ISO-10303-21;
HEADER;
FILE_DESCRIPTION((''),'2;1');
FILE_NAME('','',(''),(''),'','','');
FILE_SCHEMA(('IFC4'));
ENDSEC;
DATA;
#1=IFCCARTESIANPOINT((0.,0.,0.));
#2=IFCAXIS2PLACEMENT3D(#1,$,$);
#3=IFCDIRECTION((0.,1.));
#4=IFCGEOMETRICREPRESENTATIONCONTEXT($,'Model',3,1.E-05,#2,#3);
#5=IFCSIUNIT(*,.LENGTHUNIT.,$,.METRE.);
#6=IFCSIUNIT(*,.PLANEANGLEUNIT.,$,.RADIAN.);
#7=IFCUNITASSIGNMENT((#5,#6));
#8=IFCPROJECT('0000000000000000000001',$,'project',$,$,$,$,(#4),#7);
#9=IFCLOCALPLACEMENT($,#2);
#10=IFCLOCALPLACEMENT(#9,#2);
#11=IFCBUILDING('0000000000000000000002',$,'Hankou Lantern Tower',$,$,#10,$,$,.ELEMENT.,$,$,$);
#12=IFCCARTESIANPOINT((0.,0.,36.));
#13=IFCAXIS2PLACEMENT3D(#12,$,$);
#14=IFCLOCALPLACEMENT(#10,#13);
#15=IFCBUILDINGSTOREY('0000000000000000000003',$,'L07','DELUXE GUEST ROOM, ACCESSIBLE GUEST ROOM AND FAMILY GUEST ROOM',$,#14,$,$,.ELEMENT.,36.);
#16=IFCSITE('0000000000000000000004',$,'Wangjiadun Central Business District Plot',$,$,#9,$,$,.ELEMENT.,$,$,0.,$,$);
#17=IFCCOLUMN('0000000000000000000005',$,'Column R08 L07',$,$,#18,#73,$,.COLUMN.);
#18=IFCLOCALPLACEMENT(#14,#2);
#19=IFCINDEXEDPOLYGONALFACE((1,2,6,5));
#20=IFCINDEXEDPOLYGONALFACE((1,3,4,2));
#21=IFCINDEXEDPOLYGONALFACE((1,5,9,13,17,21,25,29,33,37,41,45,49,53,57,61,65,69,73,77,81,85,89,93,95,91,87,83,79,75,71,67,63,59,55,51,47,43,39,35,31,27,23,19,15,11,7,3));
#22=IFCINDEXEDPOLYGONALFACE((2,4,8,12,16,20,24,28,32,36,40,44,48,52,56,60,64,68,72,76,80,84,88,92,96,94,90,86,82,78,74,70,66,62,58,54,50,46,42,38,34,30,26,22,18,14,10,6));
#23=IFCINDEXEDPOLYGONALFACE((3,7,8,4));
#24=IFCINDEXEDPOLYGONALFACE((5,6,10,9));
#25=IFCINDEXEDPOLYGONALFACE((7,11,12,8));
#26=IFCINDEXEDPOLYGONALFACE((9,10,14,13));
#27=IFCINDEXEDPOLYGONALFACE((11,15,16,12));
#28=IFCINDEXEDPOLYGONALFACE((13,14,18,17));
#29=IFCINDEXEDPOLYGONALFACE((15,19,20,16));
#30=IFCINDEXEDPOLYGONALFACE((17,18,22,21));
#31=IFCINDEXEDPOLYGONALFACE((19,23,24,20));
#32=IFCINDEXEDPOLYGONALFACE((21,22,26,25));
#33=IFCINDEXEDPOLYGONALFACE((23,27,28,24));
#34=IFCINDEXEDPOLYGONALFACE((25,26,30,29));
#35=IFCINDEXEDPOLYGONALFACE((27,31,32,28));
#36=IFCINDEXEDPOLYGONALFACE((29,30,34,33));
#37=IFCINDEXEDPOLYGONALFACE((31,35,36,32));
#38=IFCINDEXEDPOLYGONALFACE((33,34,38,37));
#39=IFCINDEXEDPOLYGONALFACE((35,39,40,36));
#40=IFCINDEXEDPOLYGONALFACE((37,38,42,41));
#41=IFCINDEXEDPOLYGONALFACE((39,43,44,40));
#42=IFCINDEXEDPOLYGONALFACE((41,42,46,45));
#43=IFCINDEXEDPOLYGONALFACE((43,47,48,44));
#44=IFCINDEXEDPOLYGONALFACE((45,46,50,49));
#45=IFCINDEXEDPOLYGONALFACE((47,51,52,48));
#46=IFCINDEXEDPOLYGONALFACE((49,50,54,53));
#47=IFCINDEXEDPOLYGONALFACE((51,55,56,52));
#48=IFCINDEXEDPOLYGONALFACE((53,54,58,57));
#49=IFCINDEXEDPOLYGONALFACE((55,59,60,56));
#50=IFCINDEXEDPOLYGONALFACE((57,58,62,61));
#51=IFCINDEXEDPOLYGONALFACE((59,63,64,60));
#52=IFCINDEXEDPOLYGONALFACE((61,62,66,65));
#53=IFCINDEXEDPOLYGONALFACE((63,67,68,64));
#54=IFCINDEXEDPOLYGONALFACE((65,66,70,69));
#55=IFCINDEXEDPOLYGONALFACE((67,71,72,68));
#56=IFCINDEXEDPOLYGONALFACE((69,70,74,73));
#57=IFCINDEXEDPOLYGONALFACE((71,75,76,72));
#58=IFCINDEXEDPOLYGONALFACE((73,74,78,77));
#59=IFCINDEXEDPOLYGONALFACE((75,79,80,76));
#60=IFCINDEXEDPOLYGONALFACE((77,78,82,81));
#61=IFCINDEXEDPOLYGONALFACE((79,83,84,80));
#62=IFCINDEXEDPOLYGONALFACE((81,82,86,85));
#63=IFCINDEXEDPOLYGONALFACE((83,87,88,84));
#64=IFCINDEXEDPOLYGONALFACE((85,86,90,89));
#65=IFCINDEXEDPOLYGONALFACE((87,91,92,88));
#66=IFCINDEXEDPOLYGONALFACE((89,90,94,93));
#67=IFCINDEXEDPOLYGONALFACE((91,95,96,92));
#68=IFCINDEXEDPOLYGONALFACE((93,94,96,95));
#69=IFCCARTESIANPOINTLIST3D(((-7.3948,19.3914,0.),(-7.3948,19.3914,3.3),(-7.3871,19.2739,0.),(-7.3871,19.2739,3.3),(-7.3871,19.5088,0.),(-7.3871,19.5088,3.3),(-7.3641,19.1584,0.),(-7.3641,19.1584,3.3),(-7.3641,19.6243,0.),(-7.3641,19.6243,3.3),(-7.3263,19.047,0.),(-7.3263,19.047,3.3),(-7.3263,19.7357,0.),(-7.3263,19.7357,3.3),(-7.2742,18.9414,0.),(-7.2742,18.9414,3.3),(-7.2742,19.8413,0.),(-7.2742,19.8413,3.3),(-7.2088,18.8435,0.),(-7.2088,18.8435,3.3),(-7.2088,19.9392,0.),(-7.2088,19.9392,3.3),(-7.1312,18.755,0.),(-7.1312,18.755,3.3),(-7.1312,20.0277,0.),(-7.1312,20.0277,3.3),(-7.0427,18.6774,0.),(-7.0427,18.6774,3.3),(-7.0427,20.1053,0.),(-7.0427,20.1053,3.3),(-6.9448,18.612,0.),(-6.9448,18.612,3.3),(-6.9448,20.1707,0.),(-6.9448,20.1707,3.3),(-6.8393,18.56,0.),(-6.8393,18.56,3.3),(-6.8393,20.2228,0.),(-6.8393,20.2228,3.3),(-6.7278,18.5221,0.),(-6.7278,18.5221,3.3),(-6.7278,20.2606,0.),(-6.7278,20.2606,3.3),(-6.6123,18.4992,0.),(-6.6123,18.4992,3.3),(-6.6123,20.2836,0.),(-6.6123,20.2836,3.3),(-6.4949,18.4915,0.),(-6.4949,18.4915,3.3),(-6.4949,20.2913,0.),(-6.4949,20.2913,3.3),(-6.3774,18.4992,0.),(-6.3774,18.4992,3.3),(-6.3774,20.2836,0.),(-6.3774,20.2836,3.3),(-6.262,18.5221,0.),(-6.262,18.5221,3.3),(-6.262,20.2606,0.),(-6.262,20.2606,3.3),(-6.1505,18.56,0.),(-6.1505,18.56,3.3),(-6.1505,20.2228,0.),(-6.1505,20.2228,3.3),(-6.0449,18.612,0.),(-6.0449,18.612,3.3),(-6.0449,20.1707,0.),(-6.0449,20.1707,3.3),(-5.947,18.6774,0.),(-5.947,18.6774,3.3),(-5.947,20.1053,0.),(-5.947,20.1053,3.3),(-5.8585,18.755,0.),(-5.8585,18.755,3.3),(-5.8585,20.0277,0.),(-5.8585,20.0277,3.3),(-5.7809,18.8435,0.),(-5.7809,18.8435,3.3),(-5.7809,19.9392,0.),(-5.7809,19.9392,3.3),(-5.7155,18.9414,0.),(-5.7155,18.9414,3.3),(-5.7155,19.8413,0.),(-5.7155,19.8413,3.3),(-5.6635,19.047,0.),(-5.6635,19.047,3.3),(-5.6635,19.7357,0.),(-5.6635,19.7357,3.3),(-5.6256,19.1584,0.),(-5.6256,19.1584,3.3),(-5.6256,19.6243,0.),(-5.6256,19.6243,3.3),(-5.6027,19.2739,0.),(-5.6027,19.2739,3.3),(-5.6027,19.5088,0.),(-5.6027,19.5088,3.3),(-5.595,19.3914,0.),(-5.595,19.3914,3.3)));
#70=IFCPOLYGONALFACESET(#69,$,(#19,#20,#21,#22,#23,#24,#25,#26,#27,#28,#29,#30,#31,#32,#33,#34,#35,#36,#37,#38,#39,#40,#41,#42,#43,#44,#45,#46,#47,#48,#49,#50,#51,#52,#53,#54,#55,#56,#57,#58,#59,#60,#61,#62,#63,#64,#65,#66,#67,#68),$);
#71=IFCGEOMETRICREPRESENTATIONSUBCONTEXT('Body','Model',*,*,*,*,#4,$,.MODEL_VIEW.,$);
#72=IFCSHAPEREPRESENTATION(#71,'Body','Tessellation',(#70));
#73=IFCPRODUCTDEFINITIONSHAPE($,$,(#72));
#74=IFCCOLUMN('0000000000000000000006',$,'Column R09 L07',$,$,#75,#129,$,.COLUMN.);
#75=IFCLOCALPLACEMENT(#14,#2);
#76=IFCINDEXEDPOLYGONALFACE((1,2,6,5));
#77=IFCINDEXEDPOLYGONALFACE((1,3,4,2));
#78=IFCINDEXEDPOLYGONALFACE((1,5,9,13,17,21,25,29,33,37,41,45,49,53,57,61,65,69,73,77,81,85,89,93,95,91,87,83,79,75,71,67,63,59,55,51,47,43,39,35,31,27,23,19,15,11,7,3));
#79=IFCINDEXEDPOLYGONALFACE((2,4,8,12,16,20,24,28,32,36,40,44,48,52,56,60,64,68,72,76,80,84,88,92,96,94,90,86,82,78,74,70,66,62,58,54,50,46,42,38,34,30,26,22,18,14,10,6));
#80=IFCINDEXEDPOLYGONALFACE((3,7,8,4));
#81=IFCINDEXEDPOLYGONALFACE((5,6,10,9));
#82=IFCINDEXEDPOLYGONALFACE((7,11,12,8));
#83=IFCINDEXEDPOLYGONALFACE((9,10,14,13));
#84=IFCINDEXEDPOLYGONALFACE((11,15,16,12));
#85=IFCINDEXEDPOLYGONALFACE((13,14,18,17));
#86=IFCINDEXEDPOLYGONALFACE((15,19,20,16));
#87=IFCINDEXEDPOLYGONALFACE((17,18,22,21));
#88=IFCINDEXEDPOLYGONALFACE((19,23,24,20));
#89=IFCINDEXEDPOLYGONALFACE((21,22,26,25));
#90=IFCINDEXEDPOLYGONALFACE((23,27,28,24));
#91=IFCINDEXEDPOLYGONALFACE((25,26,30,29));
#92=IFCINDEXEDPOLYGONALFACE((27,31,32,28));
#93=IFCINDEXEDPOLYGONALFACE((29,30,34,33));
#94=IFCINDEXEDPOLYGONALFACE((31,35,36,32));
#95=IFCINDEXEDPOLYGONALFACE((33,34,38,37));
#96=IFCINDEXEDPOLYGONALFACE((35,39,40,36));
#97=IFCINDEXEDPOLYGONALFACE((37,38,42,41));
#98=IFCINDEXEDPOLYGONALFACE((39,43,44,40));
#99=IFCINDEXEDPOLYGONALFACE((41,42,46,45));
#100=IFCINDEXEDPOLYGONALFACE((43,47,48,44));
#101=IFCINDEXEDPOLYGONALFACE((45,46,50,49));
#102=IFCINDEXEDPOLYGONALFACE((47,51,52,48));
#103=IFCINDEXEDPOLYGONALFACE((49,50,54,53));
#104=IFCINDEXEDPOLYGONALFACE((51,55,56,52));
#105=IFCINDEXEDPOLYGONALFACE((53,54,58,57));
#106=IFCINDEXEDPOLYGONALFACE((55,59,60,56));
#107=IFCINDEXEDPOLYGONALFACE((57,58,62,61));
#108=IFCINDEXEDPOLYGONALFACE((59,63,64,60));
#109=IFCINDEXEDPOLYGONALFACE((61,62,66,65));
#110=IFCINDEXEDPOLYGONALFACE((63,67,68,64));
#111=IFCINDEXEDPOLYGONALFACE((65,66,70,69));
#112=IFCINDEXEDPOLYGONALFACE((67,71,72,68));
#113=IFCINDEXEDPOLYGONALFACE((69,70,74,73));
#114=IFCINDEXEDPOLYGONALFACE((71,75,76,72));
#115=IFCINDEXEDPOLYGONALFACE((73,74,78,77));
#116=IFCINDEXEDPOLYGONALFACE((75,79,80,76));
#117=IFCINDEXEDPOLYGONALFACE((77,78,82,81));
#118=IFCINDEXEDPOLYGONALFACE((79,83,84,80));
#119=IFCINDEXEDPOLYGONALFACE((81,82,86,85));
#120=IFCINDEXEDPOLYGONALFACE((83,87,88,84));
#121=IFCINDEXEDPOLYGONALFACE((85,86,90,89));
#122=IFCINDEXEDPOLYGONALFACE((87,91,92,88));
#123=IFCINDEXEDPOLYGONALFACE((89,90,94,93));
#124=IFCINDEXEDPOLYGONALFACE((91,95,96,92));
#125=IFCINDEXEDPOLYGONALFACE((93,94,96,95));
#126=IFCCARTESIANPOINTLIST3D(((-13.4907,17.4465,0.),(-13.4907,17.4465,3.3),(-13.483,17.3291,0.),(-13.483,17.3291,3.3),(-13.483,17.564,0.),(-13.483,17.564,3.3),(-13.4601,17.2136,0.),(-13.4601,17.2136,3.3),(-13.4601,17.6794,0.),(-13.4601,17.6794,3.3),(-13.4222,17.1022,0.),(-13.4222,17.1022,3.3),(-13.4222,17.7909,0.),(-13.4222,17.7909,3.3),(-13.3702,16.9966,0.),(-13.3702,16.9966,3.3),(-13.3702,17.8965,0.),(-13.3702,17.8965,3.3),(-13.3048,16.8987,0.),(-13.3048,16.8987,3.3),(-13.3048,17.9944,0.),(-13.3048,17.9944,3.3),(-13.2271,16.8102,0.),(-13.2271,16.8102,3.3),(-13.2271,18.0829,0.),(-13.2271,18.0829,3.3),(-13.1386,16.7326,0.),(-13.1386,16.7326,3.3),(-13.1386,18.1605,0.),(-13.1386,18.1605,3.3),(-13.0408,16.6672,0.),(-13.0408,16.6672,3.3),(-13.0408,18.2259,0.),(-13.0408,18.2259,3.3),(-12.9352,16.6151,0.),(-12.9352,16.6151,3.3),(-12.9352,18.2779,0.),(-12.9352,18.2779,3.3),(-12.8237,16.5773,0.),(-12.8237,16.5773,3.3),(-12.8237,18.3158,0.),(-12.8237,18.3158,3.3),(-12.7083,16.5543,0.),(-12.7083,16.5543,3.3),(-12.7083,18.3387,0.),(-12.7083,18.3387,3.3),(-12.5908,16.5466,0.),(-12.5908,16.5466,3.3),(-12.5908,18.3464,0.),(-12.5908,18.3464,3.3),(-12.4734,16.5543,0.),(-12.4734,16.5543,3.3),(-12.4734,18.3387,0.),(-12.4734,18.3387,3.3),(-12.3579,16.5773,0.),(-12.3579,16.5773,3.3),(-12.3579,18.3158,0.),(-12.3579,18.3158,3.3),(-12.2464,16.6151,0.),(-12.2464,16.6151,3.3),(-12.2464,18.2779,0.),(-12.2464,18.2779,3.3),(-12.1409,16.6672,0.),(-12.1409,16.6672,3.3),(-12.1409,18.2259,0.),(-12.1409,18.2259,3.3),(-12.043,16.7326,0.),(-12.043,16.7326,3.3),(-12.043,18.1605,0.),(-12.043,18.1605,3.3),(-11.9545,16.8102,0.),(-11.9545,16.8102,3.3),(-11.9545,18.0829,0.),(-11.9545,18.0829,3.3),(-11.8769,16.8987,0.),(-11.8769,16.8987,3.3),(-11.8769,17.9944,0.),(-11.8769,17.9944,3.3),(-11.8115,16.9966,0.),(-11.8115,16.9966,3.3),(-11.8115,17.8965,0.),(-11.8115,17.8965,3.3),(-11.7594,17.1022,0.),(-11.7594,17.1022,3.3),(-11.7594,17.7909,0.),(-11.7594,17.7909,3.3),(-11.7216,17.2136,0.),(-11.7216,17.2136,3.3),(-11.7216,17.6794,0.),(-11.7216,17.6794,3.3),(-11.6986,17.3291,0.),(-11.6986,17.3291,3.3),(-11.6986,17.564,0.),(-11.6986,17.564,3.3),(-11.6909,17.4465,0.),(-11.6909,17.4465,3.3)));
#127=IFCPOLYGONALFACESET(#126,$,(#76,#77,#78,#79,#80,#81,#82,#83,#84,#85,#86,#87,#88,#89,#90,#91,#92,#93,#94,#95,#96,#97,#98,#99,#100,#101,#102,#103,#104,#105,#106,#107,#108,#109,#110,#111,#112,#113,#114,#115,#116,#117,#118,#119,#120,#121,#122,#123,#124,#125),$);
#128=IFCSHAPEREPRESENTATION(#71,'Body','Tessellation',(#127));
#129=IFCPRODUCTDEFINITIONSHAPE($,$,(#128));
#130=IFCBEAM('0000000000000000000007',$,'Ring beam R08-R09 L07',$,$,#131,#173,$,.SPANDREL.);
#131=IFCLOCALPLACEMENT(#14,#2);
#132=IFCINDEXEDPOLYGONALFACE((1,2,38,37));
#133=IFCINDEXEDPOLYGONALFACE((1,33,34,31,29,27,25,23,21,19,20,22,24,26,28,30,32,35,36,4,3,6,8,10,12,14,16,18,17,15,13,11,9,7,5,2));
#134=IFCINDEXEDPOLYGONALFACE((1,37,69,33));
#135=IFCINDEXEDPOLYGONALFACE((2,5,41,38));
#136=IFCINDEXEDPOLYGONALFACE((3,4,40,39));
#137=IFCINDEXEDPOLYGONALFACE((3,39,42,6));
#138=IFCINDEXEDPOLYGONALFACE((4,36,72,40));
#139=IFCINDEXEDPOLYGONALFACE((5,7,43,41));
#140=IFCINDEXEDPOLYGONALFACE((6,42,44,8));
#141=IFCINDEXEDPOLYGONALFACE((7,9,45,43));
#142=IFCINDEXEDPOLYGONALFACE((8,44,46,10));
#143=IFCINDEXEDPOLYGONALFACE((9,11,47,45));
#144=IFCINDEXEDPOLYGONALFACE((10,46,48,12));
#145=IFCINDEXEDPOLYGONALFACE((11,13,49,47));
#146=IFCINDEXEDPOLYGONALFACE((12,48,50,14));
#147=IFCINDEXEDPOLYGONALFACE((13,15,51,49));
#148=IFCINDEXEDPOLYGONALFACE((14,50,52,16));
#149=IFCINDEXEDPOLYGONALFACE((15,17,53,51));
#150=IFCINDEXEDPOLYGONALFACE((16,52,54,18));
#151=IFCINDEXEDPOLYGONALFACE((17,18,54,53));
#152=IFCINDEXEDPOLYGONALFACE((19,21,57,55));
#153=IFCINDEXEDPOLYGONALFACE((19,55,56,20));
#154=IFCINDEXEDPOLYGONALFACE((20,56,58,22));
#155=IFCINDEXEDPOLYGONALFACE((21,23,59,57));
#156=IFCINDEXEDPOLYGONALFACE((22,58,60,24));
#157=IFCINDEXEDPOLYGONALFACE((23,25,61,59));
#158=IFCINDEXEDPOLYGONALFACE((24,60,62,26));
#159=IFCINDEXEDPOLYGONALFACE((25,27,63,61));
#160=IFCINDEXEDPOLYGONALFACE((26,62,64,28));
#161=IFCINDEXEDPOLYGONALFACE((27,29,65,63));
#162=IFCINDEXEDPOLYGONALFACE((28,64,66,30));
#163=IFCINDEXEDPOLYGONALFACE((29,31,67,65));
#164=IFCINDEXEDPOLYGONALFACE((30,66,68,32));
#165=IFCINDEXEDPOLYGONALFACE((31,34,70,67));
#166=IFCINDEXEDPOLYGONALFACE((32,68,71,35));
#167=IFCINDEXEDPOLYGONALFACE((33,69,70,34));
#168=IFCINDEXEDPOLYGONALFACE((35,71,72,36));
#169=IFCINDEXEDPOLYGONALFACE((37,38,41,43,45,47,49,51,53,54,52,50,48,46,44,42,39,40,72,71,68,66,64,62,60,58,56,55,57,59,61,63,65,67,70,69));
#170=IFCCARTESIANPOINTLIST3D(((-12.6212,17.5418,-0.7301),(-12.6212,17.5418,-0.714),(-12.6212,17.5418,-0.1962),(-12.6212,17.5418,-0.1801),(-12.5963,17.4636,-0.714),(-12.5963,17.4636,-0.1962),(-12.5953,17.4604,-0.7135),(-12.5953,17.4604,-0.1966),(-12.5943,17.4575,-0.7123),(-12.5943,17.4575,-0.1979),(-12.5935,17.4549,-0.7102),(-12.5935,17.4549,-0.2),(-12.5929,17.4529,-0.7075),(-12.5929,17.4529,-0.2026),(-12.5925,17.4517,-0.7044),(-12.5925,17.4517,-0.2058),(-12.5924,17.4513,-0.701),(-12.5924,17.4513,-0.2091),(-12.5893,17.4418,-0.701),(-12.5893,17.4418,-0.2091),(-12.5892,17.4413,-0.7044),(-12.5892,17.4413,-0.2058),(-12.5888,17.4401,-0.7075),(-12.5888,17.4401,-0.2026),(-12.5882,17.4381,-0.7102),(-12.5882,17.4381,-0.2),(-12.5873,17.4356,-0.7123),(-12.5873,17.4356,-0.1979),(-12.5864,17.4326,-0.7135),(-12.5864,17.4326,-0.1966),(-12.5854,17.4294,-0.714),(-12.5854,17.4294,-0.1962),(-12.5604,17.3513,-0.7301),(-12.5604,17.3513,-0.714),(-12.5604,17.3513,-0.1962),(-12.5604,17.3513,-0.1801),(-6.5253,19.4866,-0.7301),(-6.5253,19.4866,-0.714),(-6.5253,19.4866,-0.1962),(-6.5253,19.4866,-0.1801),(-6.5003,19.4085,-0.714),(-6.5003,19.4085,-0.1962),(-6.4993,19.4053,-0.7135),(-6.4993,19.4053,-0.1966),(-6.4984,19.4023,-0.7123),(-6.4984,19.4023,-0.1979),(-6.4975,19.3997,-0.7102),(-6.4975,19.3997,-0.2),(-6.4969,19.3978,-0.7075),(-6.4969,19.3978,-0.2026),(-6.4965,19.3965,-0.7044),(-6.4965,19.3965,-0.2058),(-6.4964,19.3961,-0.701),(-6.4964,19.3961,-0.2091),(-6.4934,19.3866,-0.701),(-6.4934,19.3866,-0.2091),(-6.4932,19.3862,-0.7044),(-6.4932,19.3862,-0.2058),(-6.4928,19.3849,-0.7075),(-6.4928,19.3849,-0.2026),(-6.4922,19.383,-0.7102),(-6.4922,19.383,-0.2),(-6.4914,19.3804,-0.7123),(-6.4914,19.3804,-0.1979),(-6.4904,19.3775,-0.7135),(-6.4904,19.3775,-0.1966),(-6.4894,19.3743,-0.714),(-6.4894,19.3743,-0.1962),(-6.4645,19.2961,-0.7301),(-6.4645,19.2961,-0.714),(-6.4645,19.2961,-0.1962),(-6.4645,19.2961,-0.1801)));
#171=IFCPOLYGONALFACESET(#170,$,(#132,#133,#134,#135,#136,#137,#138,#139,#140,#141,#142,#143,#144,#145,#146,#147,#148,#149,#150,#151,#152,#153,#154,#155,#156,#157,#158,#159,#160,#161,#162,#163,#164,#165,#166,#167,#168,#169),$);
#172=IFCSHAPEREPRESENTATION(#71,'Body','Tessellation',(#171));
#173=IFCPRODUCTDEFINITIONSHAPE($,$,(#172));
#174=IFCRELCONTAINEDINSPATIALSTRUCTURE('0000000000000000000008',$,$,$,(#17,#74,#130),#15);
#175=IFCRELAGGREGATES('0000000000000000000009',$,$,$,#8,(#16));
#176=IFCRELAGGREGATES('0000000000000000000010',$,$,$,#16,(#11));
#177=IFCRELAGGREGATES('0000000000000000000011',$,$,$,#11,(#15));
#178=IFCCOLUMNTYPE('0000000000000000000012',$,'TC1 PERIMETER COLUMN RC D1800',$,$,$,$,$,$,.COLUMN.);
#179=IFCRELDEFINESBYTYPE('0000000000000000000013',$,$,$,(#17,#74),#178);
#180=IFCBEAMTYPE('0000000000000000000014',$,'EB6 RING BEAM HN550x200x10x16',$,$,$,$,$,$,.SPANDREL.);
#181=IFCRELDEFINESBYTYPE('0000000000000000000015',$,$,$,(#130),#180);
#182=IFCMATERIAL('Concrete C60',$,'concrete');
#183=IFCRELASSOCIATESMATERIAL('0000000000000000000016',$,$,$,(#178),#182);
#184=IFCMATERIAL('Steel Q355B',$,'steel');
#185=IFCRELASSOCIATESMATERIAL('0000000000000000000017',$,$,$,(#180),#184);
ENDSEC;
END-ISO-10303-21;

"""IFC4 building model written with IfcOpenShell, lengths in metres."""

from ifc_helpers import new_model, si_unit, direction, frame, origin, origin_2d, place, context, subcontext, project, spatial, circle, i_section, extrude, material, material_profile, profile_set, type_object, element, save


model = new_model("IFC4")

# Units and contexts
model_context = context("Model", 3, precision=1e-05, world=origin(), true_north=direction((0.0, 1.0)))
body_context = subcontext(model_context, "Body", "Model", "MODEL_VIEW")
ifc_project = project(units=[si_unit("LENGTHUNIT", "METRE"), si_unit("PLANEANGLEUNIT", "RADIAN")], contexts=[model_context])

# Site, building, storey
site_placement = place(None, origin())
site = spatial("IfcSite", under=ifc_project, at=site_placement, Name="Wangjiadun Central Business District Plot", CompositionType="ELEMENT", RefElevation=0.0)
building_placement = place(site_placement, origin())
building = spatial("IfcBuilding", under=site, at=building_placement, Name="Hankou Lantern Tower", CompositionType="ELEMENT")
storey_placement = place(building_placement, frame((0.0, 0.0, 36.0)))
storey = spatial("IfcBuildingStorey", under=building, at=storey_placement, Name="L07", Description="DELUXE GUEST ROOM, ACCESSIBLE GUEST ROOM AND FAMILY GUEST ROOM", CompositionType="ELEMENT", Elevation=36.0)

# Columns
ifc_material_1 = material(Name="Concrete C60", Category="concrete")
ifc_material_profile_1 = material_profile(ifc_material_1, circle(Radius=0.8999, at=origin_2d()), Name="RC D1800")
ifc_profile_set_1 = profile_set([ifc_material_profile_1], Name="Concrete C60")
column_type = type_object("IfcColumnType", Name="TC1 PERIMETER COLUMN RC D1800", PredefinedType="COLUMN", material=ifc_profile_set_1)
for number, where, z_axis, x_axis, name in (
    (1, (-6.4949, 19.3914, 0.0), (0.0, 0.0, 1.0), (1.0, 0.0, 0.0), "Column R08 L07"),
    (2, (-12.5908, 17.4465, 0.0), (0.0, 0.0, 1.0), (1.0, 0.0, 0.0), "Column R09 L07"),
):
    element("IfcColumn", number, at=place(storey_placement, frame(where, z_axis=z_axis, x_axis=x_axis)), inside=storey, type_object=column_type, Name=name, PredefinedType="COLUMN", context=body_context, shape_type="SweptSolid", body=[
        extrude(circle(Radius=0.8999, at=origin_2d()), origin(), (0.0, 0.0, 1.0), 3.3),
    ])

# Beam
ifc_material_2 = material(Name="Steel Q355B", Category="steel")
ifc_material_profile_2 = material_profile(ifc_material_2, i_section(OverallWidth=0.2, OverallDepth=0.55, WebThickness=0.01, FlangeThickness=0.0161, FilletRadius=0.0129, at=origin_2d()), Name="HN550x200x10x16")
ifc_profile_set_2 = profile_set([ifc_material_profile_2], Name="Steel Q355B")
beam_type_1 = type_object("IfcBeamType", Name="EB6 RING BEAM HN550x200x10x16", PredefinedType="SPANDREL", material=ifc_profile_set_2)
beam_1_placement = place(storey_placement, frame((-6.4949, 19.3914, -0.4551), z_axis=(-0.95269, -0.303942, 0.0), x_axis=(0.303942, -0.95269, 0.0)))
element("IfcBeam", 3, at=beam_1_placement, inside=storey, type_object=beam_type_1, Name="Ring beam R08-R09 L07", PredefinedType="SPANDREL", context=body_context, shape_type="SweptSolid", body=[
    extrude(i_section(OverallWidth=0.2, OverallDepth=0.55, WebThickness=0.01, FlangeThickness=0.0161, FilletRadius=0.0129, at=origin_2d()), origin(), (0.0, 0.0, 1.0), 6.3987),
])

save(model, "model.ifc")
